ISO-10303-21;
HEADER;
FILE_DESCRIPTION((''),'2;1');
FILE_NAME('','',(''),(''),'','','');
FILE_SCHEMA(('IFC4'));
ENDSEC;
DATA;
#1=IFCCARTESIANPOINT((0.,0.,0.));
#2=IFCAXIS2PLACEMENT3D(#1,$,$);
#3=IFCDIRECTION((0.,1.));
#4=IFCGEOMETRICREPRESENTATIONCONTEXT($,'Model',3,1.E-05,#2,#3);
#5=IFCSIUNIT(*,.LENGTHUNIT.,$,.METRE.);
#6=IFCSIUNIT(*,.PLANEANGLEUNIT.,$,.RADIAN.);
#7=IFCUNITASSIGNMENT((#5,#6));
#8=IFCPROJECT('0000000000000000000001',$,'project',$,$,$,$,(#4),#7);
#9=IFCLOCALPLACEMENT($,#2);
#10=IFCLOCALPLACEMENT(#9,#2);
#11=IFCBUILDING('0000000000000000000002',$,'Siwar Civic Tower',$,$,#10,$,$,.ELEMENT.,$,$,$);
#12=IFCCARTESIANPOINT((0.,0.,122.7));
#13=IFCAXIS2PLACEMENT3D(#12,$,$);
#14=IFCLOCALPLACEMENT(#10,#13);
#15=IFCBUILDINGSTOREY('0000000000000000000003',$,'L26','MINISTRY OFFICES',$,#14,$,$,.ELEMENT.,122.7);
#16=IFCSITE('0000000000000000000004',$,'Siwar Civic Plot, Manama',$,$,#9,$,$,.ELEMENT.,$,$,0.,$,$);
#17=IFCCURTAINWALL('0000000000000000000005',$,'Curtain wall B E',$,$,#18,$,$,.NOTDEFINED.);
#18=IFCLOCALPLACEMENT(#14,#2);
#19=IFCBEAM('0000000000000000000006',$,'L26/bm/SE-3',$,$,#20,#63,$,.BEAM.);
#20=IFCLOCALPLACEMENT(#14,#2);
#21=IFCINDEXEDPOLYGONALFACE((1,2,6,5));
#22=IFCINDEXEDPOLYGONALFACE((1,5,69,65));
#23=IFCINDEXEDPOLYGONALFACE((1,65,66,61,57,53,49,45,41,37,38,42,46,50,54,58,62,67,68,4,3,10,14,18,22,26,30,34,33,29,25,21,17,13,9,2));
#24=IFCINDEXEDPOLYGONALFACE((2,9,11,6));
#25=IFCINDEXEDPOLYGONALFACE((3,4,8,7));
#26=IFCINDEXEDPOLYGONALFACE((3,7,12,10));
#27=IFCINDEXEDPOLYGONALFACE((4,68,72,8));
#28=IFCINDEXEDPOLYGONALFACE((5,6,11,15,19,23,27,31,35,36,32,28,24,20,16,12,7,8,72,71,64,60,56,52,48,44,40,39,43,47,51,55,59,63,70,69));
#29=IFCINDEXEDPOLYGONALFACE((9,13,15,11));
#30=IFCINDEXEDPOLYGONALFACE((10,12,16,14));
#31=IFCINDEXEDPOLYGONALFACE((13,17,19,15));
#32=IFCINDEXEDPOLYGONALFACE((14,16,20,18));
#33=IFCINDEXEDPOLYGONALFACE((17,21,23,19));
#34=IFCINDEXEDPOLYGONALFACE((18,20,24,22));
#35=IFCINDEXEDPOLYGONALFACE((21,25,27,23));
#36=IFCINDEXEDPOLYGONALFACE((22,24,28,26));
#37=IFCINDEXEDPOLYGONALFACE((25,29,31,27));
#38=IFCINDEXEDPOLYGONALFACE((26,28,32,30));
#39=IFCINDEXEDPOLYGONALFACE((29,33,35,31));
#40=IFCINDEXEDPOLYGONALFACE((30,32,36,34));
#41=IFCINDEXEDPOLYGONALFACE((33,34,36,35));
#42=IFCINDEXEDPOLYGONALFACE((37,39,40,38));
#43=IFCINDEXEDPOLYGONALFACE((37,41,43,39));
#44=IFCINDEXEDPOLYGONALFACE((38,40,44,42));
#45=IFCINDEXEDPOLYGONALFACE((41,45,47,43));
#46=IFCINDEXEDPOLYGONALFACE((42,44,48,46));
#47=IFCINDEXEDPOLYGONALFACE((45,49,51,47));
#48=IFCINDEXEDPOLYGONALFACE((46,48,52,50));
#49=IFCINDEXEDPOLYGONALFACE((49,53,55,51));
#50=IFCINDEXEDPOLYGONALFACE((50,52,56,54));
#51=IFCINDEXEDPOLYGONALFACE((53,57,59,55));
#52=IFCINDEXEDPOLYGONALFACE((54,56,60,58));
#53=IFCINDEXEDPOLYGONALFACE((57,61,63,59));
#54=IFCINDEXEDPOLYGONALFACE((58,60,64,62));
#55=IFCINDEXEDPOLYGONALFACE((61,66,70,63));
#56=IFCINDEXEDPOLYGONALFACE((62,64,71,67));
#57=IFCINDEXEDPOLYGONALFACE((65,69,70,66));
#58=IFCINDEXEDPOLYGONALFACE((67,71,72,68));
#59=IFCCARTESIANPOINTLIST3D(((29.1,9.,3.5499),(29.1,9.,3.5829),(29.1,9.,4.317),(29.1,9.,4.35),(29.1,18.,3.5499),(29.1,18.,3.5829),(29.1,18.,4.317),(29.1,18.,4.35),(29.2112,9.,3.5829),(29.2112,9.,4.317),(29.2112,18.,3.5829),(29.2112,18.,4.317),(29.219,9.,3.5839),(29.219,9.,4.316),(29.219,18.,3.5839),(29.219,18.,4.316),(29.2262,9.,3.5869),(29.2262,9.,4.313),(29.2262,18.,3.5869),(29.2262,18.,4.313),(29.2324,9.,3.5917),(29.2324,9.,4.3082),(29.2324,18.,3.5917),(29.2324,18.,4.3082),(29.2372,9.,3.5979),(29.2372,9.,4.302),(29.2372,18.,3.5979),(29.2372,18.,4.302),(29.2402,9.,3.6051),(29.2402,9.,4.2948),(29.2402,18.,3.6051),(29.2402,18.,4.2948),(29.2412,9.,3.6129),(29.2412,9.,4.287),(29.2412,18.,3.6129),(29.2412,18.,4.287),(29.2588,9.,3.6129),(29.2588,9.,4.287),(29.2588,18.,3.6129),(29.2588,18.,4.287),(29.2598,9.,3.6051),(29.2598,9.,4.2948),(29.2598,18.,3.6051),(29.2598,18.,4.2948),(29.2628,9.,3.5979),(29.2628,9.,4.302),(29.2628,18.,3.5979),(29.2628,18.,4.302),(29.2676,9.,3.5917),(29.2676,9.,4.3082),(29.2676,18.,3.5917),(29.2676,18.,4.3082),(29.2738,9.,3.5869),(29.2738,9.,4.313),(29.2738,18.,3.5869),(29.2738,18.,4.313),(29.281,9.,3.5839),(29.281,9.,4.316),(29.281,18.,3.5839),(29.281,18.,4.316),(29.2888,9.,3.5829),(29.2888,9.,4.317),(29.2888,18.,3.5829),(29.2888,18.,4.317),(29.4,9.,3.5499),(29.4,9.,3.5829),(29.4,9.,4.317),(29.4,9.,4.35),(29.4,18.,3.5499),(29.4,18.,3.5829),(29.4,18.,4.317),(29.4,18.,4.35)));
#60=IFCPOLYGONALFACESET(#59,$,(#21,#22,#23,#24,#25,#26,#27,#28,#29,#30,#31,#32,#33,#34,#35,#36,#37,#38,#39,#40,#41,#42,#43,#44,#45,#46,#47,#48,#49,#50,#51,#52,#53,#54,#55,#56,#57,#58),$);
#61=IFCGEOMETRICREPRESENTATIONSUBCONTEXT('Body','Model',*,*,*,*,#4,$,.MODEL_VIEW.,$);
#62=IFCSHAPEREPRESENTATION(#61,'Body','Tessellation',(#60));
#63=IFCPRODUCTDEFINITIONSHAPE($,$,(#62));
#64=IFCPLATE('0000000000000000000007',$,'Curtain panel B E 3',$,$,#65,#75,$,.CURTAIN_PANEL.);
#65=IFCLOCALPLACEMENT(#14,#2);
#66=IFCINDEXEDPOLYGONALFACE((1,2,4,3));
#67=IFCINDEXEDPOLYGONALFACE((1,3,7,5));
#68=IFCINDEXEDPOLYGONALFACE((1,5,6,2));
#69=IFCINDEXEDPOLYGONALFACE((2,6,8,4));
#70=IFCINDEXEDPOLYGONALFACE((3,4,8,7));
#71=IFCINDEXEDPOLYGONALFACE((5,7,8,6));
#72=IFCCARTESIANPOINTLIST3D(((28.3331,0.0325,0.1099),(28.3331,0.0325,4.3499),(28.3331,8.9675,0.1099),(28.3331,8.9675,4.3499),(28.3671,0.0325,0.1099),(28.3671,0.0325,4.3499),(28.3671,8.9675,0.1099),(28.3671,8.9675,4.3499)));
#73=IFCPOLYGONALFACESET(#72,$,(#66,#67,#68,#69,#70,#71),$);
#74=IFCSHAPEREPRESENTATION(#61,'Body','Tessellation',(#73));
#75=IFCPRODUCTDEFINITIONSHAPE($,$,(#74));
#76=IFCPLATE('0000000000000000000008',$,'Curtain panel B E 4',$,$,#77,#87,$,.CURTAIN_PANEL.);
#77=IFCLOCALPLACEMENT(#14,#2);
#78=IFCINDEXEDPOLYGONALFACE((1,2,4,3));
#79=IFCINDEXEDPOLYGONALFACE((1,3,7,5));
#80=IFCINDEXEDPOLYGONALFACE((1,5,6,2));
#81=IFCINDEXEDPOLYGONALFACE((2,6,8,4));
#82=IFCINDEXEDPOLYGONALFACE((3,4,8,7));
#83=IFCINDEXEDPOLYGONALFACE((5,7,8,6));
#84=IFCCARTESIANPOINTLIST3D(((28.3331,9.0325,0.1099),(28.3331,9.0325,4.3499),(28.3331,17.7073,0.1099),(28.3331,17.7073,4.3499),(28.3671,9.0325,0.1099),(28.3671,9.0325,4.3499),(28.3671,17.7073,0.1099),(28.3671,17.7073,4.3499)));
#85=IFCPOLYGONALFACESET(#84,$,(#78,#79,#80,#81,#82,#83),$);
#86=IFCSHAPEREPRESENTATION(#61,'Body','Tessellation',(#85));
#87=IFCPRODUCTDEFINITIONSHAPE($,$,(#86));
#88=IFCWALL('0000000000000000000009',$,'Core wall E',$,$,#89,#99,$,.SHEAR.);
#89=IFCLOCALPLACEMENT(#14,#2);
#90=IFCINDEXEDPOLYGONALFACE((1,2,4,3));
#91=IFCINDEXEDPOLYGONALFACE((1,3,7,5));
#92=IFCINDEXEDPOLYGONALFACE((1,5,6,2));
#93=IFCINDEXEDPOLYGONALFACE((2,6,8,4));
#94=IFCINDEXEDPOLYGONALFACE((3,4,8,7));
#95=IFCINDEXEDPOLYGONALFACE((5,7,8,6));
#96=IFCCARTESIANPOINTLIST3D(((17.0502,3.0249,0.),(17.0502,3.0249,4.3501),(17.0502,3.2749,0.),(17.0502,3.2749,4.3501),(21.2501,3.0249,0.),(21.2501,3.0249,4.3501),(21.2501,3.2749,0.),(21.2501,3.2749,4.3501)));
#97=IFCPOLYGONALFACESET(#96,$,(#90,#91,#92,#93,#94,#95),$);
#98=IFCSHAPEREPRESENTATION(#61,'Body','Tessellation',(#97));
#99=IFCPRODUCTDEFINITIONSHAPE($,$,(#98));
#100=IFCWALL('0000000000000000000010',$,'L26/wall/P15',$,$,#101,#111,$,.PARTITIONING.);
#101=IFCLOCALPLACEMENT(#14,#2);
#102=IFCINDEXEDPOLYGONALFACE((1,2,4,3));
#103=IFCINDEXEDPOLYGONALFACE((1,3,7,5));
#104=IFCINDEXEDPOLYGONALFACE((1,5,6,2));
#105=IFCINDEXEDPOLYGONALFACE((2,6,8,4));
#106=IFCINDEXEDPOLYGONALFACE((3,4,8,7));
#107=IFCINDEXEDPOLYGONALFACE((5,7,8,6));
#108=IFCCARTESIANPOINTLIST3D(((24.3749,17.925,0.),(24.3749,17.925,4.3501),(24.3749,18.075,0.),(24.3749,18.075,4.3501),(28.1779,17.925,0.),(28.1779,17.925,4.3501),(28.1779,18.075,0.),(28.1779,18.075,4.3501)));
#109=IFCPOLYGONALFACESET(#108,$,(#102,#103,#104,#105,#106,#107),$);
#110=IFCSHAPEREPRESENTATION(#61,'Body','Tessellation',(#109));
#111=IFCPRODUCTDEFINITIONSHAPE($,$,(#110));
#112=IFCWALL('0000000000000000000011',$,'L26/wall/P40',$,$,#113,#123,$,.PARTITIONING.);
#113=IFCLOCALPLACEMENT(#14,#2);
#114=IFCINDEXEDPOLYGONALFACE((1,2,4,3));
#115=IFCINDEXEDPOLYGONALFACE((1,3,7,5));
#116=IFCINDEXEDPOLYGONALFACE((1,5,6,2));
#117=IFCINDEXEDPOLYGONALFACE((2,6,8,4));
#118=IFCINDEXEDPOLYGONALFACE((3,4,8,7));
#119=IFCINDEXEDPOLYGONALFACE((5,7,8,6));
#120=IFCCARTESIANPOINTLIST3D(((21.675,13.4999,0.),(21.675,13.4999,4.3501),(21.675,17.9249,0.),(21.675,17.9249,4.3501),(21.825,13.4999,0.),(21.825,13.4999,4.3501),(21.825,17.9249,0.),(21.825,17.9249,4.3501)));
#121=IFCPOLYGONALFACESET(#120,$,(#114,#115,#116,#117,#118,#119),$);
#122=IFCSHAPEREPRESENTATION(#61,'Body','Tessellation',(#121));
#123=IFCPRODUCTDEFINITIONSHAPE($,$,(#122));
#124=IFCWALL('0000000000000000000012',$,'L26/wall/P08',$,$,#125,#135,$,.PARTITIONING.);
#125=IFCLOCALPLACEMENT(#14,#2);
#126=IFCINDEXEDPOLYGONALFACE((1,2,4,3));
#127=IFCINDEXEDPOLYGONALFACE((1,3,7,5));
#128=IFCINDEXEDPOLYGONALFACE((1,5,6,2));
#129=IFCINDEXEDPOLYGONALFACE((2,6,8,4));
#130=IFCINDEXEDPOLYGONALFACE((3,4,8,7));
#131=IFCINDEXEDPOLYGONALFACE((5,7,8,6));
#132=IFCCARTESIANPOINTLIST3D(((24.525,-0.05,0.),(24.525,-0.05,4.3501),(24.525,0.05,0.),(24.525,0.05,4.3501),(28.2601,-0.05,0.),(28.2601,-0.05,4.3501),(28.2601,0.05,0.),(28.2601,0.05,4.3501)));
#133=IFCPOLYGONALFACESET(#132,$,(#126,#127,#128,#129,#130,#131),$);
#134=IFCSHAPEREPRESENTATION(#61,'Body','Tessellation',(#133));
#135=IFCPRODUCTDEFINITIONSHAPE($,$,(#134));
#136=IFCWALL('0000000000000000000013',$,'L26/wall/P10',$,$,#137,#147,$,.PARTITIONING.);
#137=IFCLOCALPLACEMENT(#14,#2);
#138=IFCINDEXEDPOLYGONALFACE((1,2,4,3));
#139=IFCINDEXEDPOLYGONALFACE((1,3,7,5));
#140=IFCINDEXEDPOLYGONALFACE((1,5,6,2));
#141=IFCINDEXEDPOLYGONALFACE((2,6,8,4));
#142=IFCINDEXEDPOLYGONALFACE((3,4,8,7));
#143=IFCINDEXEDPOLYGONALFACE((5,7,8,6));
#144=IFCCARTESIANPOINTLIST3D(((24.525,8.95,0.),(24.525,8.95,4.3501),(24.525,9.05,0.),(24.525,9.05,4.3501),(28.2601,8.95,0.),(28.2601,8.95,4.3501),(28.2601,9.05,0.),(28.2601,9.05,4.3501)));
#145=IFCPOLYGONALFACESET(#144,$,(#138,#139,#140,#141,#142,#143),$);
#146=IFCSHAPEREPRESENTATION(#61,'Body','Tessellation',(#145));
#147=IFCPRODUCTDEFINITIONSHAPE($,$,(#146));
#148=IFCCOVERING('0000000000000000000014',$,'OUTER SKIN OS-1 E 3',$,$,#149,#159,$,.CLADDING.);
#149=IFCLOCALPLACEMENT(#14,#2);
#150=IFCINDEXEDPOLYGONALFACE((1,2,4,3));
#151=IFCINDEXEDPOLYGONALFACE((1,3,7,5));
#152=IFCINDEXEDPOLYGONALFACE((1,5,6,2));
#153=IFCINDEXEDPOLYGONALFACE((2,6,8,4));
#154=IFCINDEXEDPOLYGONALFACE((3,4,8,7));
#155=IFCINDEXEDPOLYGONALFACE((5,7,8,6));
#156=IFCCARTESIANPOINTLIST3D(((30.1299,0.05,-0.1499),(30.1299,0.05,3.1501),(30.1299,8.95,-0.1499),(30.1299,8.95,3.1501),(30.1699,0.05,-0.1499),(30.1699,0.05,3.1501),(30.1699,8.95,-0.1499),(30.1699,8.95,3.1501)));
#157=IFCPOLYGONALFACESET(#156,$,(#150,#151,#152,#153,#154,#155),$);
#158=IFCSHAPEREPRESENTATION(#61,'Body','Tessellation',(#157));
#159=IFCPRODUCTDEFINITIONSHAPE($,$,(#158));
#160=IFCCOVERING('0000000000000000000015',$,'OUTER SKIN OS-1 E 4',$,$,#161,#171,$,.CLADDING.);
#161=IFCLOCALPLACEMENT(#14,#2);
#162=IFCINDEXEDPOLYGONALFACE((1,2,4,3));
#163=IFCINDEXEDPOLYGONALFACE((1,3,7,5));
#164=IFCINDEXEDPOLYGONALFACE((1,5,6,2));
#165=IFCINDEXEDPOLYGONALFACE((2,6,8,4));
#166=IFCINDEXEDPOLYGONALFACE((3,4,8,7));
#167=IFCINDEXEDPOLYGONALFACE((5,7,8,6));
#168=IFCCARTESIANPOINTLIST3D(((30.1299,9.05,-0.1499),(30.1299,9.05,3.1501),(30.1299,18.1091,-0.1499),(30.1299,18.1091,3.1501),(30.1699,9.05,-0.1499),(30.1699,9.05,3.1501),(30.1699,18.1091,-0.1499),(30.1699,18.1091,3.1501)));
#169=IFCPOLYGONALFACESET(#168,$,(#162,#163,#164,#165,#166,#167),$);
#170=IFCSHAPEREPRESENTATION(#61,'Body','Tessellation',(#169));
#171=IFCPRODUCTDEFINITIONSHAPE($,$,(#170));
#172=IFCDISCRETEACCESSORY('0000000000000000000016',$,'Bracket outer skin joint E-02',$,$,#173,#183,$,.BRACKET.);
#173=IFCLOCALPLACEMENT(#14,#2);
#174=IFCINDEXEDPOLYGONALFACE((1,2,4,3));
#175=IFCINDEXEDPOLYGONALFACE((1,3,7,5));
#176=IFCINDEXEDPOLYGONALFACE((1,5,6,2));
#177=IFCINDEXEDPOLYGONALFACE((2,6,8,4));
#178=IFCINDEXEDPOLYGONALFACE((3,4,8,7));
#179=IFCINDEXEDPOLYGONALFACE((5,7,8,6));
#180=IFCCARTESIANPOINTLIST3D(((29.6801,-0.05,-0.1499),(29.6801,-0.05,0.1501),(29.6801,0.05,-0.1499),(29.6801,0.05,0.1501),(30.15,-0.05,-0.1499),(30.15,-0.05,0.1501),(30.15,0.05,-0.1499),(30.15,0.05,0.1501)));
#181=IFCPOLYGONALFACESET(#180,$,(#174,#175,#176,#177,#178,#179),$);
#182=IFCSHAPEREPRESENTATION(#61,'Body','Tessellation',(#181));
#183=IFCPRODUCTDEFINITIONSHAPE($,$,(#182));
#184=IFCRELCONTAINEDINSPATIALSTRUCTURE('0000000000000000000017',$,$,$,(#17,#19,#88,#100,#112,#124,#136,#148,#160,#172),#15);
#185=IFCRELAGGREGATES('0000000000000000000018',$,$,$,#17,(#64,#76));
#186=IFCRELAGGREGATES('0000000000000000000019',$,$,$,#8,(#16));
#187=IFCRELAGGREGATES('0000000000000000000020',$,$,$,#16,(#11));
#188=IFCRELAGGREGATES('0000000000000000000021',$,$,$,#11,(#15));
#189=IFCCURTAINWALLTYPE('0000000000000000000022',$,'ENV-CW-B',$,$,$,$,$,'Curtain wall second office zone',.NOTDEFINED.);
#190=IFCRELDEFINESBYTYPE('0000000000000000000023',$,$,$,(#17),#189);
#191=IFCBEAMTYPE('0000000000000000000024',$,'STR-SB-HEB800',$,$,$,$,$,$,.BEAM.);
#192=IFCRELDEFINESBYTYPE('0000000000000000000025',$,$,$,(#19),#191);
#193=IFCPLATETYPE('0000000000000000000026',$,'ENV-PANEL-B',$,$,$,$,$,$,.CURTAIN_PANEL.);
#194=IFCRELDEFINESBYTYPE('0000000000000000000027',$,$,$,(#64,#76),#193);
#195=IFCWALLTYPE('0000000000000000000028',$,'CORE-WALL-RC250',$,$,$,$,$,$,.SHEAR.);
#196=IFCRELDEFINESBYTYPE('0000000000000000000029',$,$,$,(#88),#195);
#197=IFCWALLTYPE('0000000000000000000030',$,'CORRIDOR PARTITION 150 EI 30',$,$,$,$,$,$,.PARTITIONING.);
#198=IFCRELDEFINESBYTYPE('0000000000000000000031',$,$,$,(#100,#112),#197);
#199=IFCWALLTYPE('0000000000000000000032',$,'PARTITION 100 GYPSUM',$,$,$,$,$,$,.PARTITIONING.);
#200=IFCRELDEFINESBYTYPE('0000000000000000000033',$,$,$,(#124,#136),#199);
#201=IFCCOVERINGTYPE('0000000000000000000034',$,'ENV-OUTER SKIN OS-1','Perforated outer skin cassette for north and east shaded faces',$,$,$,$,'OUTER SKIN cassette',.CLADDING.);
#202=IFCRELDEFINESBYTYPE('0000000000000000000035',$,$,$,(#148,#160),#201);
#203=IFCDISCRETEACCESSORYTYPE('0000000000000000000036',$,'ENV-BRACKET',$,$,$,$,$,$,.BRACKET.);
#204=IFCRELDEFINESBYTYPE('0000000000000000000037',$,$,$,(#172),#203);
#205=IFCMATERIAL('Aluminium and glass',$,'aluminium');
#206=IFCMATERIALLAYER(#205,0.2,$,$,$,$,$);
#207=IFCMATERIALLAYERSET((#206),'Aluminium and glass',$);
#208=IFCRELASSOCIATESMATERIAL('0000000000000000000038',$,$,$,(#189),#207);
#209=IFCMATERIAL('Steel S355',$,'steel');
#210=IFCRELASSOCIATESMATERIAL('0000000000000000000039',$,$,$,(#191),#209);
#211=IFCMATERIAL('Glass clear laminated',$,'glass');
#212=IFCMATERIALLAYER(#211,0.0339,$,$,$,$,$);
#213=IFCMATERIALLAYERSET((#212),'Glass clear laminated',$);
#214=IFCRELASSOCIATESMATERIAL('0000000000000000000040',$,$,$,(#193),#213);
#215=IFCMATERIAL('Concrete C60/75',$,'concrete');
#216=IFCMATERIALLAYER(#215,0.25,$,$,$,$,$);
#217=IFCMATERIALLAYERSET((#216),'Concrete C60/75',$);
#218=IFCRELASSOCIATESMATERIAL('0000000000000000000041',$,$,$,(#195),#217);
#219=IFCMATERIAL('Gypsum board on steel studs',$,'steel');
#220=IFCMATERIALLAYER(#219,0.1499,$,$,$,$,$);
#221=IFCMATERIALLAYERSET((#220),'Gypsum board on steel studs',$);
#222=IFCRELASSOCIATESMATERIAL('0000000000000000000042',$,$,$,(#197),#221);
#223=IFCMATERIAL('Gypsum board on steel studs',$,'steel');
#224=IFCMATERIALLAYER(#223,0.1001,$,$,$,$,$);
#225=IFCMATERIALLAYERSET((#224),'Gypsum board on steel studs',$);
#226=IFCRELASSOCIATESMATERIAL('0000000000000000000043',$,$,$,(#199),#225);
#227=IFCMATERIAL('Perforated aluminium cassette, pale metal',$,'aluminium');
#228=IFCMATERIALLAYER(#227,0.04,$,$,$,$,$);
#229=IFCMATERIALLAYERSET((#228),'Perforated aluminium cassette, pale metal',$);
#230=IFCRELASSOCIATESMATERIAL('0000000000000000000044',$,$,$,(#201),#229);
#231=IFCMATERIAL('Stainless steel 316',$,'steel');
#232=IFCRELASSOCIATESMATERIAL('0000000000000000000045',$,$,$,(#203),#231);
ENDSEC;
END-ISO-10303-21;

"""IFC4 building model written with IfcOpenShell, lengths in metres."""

from ifc_helpers import new_model, si_unit, direction, frame, frame_2d, origin, origin_2d, place, context, subcontext, project, spatial, rectangle, i_section, extrude, material, layer, layer_set, material_profile, profile_set, type_object, element, aggregate, save


model = new_model("IFC4")

# Units and contexts
model_context = context("Model", 3, precision=1e-05, world=origin(), true_north=direction((0.0, 1.0)))
body_context = subcontext(model_context, "Body", "Model", "MODEL_VIEW")
ifc_project = project(units=[si_unit("LENGTHUNIT", "METRE"), si_unit("PLANEANGLEUNIT", "RADIAN")], contexts=[model_context])

# Site, building, storey
site_placement = place(None, origin())
site = spatial("IfcSite", under=ifc_project, at=site_placement, Name="Siwar Civic Plot, Manama", CompositionType="ELEMENT", RefElevation=0.0)
building_placement = place(site_placement, origin())
building = spatial("IfcBuilding", under=site, at=building_placement, Name="Siwar Civic Tower", CompositionType="ELEMENT")
storey_placement = place(building_placement, frame((0.0, 0.0, 122.7)))
storey = spatial("IfcBuildingStorey", under=building, at=storey_placement, Name="L26", Description="MINISTRY OFFICES", CompositionType="ELEMENT", Elevation=122.7)

# Curtain wall
ifc_material_1 = material(Name="Aluminium and glass", Category="aluminium")
ifc_layer_1 = layer(ifc_material_1, 0.2)
ifc_layer_set_1 = layer_set([ifc_layer_1], Name="Aluminium and glass")
curtain_wall_type_1 = type_object("IfcCurtainWallType", Name="ENV-CW-B", ElementType="Curtain wall second office zone", PredefinedType="NOTDEFINED", material=ifc_layer_set_1)
curtain_wall_1_placement = place(storey_placement, origin())
curtain_wall_1 = element("IfcCurtainWall", 1, at=curtain_wall_1_placement, inside=storey, type_object=curtain_wall_type_1, Name="Curtain wall B E", PredefinedType="NOTDEFINED")

# Beam
ifc_material_2 = material(Name="Steel S355", Category="steel")
ifc_material_profile_1 = material_profile(ifc_material_2, i_section(OverallWidth=0.3, OverallDepth=0.8, WebThickness=0.0176, FlangeThickness=0.033, FilletRadius=0.03, at=origin_2d()), Name="HEB800")
ifc_profile_set_1 = profile_set([ifc_material_profile_1], Name="Steel S355")
beam_type_1 = type_object("IfcBeamType", Name="STR-SB-HEB800", PredefinedType="BEAM", material=ifc_profile_set_1)
for number, where, z_axis, x_axis, name in (
    (2, (29.25, 9.0, 3.95), (0.0, 1.0, 0.0), (-1.0, 0.0, 0.0), "L26/bm/SE-3"),
):
    element("IfcBeam", number, at=place(storey_placement, frame(where, z_axis=z_axis, x_axis=x_axis)), inside=storey, type_object=beam_type_1, Name=name, PredefinedType="BEAM", context=body_context, shape_type="SweptSolid", body=[
        extrude(i_section(OverallWidth=0.3, OverallDepth=0.8, WebThickness=0.0176, FlangeThickness=0.033, FilletRadius=0.03, at=origin_2d()), origin(), (0.0, 0.0, 1.0), 9.0),
    ])

# Plates
ifc_material_3 = material(Name="Glass clear laminated", Category="glass")
ifc_layer_2 = layer(ifc_material_3, 0.0339)
ifc_layer_set_2 = layer_set([ifc_layer_2], Name="Glass clear laminated")
plate_type = type_object("IfcPlateType", Name="ENV-PANEL-B", PredefinedType="CURTAIN_PANEL", material=ifc_layer_set_2)
plate_1_placement = place(storey_placement, frame((28.3501, 4.5, 0.1099), z_axis=(0.0, 0.0, 1.0), x_axis=(0.0, 1.0, 0.0)))
plate_1 = element("IfcPlate", 3, at=plate_1_placement, type_object=plate_type, Name="Curtain panel B E 3", PredefinedType="CURTAIN_PANEL", context=body_context, shape_type="SweptSolid", body=[
    extrude(rectangle(XDim=8.9351, YDim=0.0339, at=origin_2d()), origin(), (0.0, 0.0, 1.0), 4.24),
])
plate_2_placement = place(storey_placement, frame((28.3501, 13.3699, 0.1099), z_axis=(0.0, 0.0, 1.0), x_axis=(0.0, 1.0, 0.0)))
plate_2 = element("IfcPlate", 4, at=plate_2_placement, type_object=plate_type, Name="Curtain panel B E 4", PredefinedType="CURTAIN_PANEL", context=body_context, shape_type="SweptSolid", body=[
    extrude(rectangle(XDim=8.6748, YDim=0.0339, at=origin_2d()), origin(), (0.0, 0.0, 1.0), 4.24),
])
aggregate(curtain_wall_1, [plate_1, plate_2])

# Walls
ifc_material_4 = material(Name="Concrete C60/75", Category="concrete")
ifc_layer_3 = layer(ifc_material_4, 0.25)
ifc_layer_set_3 = layer_set([ifc_layer_3], Name="Concrete C60/75")
wall_type_1 = type_object("IfcWallType", Name="CORE-WALL-RC250", PredefinedType="SHEAR", material=ifc_layer_set_3)
wall_1_placement = place(storey_placement, frame((17.05, 3.1499, 0.0), z_axis=(0.0, 0.0, 1.0), x_axis=(1.0, 0.0, 0.0)))
element("IfcWall", 5, at=wall_1_placement, inside=storey, type_object=wall_type_1, Name="Core wall E", PredefinedType="SHEAR", context=body_context, shape_type="SweptSolid", body=[
    extrude(rectangle(XDim=4.2, YDim=0.25, at=frame_2d((2.1001, 0.0))), origin(), (0.0, 0.0, 1.0), 4.3501),
])
ifc_material_5 = material(Name="Gypsum board on steel studs", Category="steel")
ifc_layer_4 = layer(ifc_material_5, 0.1499)
ifc_layer_set_4 = layer_set([ifc_layer_4], Name="Gypsum board on steel studs")
wall_type_2 = type_object("IfcWallType", Name="CORRIDOR PARTITION 150 EI 30", PredefinedType="PARTITIONING", material=ifc_layer_set_4)
wall_2_placement = place(storey_placement, frame((24.375, 18.0, 0.0), z_axis=(0.0, 0.0, 1.0), x_axis=(1.0, 0.0, 0.0)))
element("IfcWall", 6, at=wall_2_placement, inside=storey, type_object=wall_type_2, Name="L26/wall/P15", PredefinedType="PARTITIONING", context=body_context, shape_type="SweptSolid", body=[
    extrude(rectangle(XDim=3.803, YDim=0.1499, at=frame_2d((1.9014, 0.0))), origin(), (0.0, 0.0, 1.0), 4.3501),
])
wall_3_placement = place(storey_placement, frame((21.75, 13.5, 0.0), z_axis=(0.0, 0.0, 1.0), x_axis=(0.0, 1.0, 0.0)))
element("IfcWall", 7, at=wall_3_placement, inside=storey, type_object=wall_type_2, Name="L26/wall/P40", PredefinedType="PARTITIONING", context=body_context, shape_type="SweptSolid", body=[
    extrude(rectangle(XDim=4.425, YDim=0.1499, at=frame_2d((2.2124, 0.0))), origin(), (0.0, 0.0, 1.0), 4.3501),
])
ifc_material_6 = material(Name="Gypsum board on steel studs", Category="steel")
ifc_layer_5 = layer(ifc_material_6, 0.1001)
ifc_layer_set_5 = layer_set([ifc_layer_5], Name="Gypsum board on steel studs")
wall_type_3 = type_object("IfcWallType", Name="PARTITION 100 GYPSUM", PredefinedType="PARTITIONING", material=ifc_layer_set_5)
for number, where, z_axis, x_axis, name in (
    (8, (24.5249, 0.0, 0.0), (0.0, 0.0, 1.0), (1.0, 0.0, 0.0), "L26/wall/P08"),
    (9, (24.5249, 9.0, 0.0), (0.0, 0.0, 1.0), (1.0, 0.0, 0.0), "L26/wall/P10"),
):
    element("IfcWall", number, at=place(storey_placement, frame(where, z_axis=z_axis, x_axis=x_axis)), inside=storey, type_object=wall_type_3, Name=name, PredefinedType="PARTITIONING", context=body_context, shape_type="SweptSolid", body=[
        extrude(rectangle(XDim=3.7351, YDim=0.1001, at=frame_2d((1.8677, 0.0))), origin(), (0.0, 0.0, 1.0), 4.3501),
    ])

# Coverings
ifc_material_7 = material(Name="Perforated aluminium cassette, pale metal", Category="aluminium")
ifc_layer_6 = layer(ifc_material_7, 0.04)
ifc_layer_set_6 = layer_set([ifc_layer_6], Name="Perforated aluminium cassette, pale metal")
covering_type = type_object("IfcCoveringType", Name="ENV-OUTER SKIN OS-1", Description="Perforated outer skin cassette for north and east shaded faces", ElementType="OUTER SKIN cassette", PredefinedType="CLADDING", material=ifc_layer_set_6)
covering_1_placement = place(storey_placement, frame((30.1499, 4.5, -0.1499), z_axis=(0.0, 0.0, 1.0), x_axis=(0.0, 1.0, 0.0)))
element("IfcCovering", 10, at=covering_1_placement, inside=storey, type_object=covering_type, Name="OUTER SKIN OS-1 E 3", PredefinedType="CLADDING", context=body_context, shape_type="SweptSolid", body=[
    extrude(rectangle(XDim=8.8999, YDim=0.04, at=origin_2d()), origin(), (0.0, 0.0, 1.0), 3.3),
])
covering_2_placement = place(storey_placement, frame((30.1499, 13.5796, -0.1499), z_axis=(0.0, 0.0, 1.0), x_axis=(0.0, 1.0, 0.0)))
element("IfcCovering", 11, at=covering_2_placement, inside=storey, type_object=covering_type, Name="OUTER SKIN OS-1 E 4", PredefinedType="CLADDING", context=body_context, shape_type="SweptSolid", body=[
    extrude(rectangle(XDim=9.0591, YDim=0.04, at=origin_2d()), origin(), (0.0, 0.0, 1.0), 3.3),
])

# Discrete accessory
ifc_material_8 = material(Name="Stainless steel 316", Category="steel")
discrete_accessory_type = type_object("IfcDiscreteAccessoryType", Name="ENV-BRACKET", PredefinedType="BRACKET", material=ifc_material_8)
for number, where, z_axis, x_axis, name in (
    (12, (29.915, 0.0, -0.1499), (0.0, 0.0, 1.0), (1.0, 0.0, 0.0), "Bracket outer skin joint E-02"),
):
    element("IfcDiscreteAccessory", number, at=place(storey_placement, frame(where, z_axis=z_axis, x_axis=x_axis)), inside=storey, type_object=discrete_accessory_type, Name=name, PredefinedType="BRACKET", context=body_context, shape_type="SweptSolid", body=[
        extrude(rectangle(XDim=0.47, YDim=0.1001, at=origin_2d()), origin(), (0.0, 0.0, 1.0), 0.3),
    ])

save(model, "model.ifc")
